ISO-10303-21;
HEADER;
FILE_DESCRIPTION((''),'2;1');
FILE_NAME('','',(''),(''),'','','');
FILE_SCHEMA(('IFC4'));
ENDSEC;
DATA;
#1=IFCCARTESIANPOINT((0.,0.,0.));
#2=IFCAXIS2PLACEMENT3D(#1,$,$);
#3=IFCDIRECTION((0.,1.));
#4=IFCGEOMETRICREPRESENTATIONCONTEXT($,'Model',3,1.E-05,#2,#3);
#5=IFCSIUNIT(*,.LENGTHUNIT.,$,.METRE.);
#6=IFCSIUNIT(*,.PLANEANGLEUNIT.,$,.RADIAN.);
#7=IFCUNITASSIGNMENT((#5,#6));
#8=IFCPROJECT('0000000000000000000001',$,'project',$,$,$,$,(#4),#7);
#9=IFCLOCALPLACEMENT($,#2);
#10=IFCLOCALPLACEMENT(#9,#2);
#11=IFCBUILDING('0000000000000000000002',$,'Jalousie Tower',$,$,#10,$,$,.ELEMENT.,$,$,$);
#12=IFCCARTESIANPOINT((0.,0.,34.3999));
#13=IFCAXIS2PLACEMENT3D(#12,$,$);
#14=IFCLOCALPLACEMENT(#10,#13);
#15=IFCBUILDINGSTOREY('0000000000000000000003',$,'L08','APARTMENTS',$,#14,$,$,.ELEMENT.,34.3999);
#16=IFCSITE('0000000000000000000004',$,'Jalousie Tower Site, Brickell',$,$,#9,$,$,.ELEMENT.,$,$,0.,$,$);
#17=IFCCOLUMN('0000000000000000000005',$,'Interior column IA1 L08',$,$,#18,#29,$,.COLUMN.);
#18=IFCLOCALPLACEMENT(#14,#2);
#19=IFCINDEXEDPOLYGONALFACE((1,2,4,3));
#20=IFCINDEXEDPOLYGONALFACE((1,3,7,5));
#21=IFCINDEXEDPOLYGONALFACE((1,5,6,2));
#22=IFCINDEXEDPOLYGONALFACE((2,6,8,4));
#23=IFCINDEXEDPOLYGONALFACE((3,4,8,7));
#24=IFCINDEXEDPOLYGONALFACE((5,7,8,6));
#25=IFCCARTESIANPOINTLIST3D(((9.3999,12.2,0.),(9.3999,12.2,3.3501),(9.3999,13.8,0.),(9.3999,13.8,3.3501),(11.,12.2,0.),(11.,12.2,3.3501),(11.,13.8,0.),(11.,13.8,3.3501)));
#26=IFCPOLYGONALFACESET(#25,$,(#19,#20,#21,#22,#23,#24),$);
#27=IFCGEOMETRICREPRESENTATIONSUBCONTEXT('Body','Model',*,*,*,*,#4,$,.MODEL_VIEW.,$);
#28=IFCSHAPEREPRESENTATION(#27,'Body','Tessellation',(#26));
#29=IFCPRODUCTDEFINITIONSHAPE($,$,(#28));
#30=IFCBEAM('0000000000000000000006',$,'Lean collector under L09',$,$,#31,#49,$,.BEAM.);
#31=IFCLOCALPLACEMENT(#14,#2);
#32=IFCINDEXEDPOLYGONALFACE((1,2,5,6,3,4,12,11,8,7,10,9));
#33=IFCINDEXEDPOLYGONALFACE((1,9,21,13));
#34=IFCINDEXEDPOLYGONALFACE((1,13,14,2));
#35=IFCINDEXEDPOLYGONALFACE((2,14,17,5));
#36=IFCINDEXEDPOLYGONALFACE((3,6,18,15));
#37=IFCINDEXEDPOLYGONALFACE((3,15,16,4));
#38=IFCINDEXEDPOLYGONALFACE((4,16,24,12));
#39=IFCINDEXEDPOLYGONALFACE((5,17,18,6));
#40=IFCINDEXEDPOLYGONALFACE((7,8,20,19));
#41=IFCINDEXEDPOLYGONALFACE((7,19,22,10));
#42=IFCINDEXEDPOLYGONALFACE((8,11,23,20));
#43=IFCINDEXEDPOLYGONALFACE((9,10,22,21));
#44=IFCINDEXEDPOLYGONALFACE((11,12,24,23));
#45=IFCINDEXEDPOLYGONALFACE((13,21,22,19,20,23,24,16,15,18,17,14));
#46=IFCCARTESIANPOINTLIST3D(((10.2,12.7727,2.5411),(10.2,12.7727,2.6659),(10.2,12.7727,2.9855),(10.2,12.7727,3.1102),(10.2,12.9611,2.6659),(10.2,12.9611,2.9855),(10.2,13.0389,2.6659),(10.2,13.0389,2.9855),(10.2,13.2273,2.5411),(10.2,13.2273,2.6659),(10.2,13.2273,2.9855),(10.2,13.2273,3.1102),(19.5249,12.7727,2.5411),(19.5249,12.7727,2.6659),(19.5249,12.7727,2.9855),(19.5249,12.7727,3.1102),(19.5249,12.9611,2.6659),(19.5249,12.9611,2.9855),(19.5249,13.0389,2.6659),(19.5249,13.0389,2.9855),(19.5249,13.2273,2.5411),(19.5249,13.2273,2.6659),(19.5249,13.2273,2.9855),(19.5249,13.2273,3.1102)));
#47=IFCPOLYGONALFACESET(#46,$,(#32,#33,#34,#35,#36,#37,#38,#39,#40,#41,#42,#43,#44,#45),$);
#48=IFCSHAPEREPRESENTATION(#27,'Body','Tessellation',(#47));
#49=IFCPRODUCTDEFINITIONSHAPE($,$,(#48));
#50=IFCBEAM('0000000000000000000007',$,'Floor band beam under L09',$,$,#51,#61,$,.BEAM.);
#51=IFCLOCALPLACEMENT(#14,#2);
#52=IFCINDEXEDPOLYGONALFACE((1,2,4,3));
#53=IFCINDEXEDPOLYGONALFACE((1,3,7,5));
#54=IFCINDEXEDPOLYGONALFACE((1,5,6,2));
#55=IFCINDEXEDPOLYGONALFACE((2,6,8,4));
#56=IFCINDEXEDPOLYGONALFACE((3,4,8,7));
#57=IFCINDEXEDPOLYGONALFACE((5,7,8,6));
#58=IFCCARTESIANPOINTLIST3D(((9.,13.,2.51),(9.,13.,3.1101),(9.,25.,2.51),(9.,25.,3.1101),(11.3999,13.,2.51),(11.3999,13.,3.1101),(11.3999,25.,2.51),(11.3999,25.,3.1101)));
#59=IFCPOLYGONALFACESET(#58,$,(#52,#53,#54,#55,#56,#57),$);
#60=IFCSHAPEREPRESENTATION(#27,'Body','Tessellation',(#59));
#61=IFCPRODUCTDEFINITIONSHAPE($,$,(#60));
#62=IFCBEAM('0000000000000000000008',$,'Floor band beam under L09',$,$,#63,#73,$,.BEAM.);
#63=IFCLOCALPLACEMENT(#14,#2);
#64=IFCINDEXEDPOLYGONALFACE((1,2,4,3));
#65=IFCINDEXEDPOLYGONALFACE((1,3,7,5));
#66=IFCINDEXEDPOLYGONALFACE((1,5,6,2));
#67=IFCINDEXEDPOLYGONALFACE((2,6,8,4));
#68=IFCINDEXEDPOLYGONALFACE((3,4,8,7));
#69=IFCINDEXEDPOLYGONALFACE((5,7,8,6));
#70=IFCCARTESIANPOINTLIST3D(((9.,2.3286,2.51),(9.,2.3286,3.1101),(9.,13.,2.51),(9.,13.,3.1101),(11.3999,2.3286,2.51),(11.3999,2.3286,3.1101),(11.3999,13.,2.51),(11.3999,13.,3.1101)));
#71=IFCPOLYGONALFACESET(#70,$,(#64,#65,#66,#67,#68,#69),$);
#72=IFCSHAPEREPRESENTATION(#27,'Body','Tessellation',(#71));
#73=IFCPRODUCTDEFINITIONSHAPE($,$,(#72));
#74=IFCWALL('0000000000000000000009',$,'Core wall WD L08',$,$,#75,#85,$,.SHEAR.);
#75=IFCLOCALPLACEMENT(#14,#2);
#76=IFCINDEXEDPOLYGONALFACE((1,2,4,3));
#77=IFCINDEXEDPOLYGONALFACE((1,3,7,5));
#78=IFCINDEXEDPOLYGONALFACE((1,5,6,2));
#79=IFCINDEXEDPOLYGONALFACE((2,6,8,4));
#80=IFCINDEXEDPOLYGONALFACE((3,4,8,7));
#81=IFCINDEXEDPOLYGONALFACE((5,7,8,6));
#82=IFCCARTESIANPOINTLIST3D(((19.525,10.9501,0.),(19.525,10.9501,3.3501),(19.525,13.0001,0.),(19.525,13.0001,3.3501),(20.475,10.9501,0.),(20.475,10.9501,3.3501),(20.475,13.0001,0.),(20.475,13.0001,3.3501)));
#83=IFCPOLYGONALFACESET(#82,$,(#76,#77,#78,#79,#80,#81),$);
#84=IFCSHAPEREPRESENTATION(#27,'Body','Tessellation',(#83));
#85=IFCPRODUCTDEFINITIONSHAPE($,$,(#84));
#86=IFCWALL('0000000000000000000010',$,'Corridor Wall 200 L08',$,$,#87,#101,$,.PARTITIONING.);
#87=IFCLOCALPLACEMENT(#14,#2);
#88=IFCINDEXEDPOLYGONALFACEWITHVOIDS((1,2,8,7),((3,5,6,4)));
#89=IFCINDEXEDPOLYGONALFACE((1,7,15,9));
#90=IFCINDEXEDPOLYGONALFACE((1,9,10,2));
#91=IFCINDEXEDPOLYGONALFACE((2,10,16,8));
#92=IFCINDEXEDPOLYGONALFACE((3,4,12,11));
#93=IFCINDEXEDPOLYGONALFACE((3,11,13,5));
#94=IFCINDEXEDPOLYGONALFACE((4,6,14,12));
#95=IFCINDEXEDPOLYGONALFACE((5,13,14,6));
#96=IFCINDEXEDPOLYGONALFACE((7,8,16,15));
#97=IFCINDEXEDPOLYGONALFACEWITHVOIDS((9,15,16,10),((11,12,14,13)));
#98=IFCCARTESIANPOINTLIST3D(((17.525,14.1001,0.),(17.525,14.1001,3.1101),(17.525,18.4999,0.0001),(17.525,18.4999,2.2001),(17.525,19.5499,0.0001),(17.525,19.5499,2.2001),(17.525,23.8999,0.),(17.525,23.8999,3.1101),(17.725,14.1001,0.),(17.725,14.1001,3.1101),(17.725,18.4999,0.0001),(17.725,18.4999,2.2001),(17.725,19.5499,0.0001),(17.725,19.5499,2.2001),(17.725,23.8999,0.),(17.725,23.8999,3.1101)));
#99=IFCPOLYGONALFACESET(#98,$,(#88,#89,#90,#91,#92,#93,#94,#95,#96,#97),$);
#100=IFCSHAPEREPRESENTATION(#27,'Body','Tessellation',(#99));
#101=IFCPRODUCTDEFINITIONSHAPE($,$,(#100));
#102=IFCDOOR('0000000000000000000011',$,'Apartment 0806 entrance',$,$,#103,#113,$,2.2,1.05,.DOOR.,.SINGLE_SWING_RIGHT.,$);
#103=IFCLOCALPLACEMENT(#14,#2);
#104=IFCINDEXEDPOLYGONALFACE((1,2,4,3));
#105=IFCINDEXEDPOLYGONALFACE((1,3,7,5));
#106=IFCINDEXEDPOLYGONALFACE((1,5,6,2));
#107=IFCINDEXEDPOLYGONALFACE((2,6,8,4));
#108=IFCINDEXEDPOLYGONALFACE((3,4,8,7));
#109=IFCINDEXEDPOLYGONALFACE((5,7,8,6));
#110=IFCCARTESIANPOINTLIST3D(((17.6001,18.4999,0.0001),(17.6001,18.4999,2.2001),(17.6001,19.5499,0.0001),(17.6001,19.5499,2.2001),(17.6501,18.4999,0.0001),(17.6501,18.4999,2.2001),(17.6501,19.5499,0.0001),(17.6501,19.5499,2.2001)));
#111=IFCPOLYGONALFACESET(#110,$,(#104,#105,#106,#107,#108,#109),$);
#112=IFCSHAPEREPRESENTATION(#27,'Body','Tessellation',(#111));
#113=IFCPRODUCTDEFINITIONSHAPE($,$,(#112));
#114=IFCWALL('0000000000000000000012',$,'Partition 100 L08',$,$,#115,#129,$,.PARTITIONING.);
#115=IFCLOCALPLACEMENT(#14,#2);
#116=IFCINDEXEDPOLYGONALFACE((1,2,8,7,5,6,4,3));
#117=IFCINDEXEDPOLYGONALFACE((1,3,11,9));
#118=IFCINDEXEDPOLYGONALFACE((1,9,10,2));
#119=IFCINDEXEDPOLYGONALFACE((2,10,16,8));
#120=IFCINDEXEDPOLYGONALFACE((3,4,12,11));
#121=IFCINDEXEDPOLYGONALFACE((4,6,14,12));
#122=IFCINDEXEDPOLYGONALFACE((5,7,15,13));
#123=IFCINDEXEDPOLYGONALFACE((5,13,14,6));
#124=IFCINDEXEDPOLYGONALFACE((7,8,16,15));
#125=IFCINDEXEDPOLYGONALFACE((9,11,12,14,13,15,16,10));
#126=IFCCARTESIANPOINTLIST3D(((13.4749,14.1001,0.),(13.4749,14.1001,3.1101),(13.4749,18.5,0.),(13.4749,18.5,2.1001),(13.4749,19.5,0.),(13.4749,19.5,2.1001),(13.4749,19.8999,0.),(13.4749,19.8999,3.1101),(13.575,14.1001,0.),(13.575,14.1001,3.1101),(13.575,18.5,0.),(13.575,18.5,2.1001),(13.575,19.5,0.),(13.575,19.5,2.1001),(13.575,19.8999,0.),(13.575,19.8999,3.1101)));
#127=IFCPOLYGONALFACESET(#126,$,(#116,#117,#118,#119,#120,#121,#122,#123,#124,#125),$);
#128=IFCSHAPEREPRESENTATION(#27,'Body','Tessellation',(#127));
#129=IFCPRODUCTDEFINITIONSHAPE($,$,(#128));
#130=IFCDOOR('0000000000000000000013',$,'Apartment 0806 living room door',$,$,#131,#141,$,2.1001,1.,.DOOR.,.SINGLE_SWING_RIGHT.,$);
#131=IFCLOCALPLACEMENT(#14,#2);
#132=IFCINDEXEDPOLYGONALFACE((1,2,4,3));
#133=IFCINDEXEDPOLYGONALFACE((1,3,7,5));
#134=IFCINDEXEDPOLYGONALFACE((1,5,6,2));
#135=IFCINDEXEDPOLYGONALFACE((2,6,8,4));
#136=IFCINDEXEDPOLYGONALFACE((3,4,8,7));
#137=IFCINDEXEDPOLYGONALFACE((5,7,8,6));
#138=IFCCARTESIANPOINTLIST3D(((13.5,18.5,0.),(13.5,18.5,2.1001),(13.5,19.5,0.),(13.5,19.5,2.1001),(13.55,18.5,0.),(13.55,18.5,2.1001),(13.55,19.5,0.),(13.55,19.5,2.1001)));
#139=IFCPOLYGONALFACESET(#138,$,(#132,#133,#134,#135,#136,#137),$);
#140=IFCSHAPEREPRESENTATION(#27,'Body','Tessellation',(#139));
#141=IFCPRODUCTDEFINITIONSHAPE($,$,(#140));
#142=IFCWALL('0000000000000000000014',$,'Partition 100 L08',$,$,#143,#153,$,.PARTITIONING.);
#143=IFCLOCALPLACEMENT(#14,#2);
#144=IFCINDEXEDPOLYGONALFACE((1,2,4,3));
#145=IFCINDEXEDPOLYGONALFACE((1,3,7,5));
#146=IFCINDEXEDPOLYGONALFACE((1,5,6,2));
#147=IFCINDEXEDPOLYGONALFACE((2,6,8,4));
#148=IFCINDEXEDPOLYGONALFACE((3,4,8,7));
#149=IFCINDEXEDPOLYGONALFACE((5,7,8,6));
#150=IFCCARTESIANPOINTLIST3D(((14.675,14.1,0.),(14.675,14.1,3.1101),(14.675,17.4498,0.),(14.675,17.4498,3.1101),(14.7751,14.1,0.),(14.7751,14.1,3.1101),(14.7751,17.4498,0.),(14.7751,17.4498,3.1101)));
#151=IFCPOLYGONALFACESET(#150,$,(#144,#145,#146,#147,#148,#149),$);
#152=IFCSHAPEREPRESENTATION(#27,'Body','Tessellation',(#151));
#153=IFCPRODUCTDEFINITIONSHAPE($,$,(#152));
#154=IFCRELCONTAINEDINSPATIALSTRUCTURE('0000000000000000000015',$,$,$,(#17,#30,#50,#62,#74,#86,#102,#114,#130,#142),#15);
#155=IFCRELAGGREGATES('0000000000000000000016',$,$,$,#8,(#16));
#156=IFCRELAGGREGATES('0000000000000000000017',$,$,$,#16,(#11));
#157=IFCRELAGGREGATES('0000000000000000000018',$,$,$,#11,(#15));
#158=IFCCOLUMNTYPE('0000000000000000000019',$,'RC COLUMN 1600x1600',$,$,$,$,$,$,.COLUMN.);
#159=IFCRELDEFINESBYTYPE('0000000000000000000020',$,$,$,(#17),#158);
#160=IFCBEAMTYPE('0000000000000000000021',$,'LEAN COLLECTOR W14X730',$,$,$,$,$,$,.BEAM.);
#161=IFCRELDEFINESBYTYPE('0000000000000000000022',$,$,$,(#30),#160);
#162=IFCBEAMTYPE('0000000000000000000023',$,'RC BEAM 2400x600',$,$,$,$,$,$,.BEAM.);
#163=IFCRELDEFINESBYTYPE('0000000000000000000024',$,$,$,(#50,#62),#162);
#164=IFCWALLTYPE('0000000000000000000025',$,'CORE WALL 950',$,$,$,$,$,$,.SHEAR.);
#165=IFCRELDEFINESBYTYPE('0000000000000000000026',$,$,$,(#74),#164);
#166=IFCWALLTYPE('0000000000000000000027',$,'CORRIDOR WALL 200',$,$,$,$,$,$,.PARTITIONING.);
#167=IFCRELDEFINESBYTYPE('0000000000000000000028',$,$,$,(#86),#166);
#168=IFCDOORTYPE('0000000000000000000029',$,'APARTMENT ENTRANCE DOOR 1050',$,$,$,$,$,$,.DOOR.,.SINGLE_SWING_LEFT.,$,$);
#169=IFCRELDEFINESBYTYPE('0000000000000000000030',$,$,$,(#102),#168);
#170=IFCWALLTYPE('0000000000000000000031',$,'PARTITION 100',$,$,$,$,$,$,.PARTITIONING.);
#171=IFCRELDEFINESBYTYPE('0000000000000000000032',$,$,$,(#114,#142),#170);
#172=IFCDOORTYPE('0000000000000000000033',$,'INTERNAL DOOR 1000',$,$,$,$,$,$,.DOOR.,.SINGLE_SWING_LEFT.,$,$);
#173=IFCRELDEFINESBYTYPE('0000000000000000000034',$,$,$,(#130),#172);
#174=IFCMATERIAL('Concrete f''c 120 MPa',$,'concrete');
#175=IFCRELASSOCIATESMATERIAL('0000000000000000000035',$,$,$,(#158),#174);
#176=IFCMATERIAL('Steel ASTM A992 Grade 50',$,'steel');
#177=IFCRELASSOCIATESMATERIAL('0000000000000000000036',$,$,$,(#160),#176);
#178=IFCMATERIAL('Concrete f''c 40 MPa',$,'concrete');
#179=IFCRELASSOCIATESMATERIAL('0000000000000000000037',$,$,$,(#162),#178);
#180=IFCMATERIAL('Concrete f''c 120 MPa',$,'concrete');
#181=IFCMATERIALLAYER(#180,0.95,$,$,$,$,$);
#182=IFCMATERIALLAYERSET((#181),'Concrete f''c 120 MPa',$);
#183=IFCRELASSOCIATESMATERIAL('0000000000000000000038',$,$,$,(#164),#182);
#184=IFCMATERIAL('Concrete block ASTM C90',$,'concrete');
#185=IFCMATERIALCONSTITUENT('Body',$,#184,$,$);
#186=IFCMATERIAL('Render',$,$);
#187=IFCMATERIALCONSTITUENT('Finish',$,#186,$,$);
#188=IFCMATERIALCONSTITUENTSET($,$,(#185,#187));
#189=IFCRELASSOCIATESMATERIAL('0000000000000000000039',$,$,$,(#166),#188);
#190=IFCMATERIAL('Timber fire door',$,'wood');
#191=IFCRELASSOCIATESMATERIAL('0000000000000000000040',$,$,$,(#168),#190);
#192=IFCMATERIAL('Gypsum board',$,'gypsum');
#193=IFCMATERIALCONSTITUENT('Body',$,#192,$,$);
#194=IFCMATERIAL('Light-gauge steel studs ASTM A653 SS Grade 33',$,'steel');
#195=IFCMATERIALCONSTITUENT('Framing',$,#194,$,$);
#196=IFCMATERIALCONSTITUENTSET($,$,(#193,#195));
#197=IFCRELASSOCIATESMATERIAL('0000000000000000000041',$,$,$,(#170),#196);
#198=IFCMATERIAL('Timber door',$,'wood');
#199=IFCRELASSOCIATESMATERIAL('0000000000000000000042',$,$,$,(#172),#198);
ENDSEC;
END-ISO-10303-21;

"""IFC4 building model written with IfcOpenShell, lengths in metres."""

from ifc_helpers import new_model, si_unit, direction, frame, frame_2d, origin, origin_2d, place, context, subcontext, project, spatial, rectangle, i_section, extrude, material, layer, layer_set, constituent, constituent_set, material_profile, profile_set, type_object, element, fill, save


model = new_model("IFC4")

# Units and contexts
model_context = context("Model", 3, precision=1e-05, world=origin(), true_north=direction((0.0, 1.0)))
body_context = subcontext(model_context, "Body", "Model", "MODEL_VIEW")
ifc_project = project(units=[si_unit("LENGTHUNIT", "METRE"), si_unit("PLANEANGLEUNIT", "RADIAN")], contexts=[model_context])

# Site, building, storey
site_placement = place(None, origin())
site = spatial("IfcSite", under=ifc_project, at=site_placement, Name="Jalousie Tower Site, Brickell", CompositionType="ELEMENT", RefElevation=0.0)
building_placement = place(site_placement, origin())
building = spatial("IfcBuilding", under=site, at=building_placement, Name="Jalousie Tower", CompositionType="ELEMENT")
storey_placement = place(building_placement, frame((0.0, 0.0, 34.3999)))
storey = spatial("IfcBuildingStorey", under=building, at=storey_placement, Name="L08", Description="APARTMENTS", CompositionType="ELEMENT", Elevation=34.3999)

# Column
ifc_material_1 = material(Name="Concrete f'c 120 MPa", Category="concrete")
ifc_material_profile_1 = material_profile(ifc_material_1, rectangle(XDim=1.6001, YDim=1.6001, at=origin_2d()), Name="RC 1600x1600")
ifc_profile_set_1 = profile_set([ifc_material_profile_1], Name="Concrete f'c 120 MPa")
column_type = type_object("IfcColumnType", Name="RC COLUMN 1600x1600", PredefinedType="COLUMN", material=ifc_profile_set_1)
column_placement = place(storey_placement, frame((10.2, 13.0, 0.0), z_axis=(0.0, 0.0, 1.0), x_axis=(1.0, 0.0, 0.0)))
element("IfcColumn", 1, at=column_placement, inside=storey, type_object=column_type, Name="Interior column IA1 L08", PredefinedType="COLUMN", context=body_context, shape_type="SweptSolid", body=[
    extrude(rectangle(XDim=1.6001, YDim=1.6001, at=origin_2d()), origin(), (0.0, 0.0, 1.0), 3.3501),
])

# Beams
ifc_material_2 = material(Name="Steel ASTM A992 Grade 50", Category="steel")
ifc_material_profile_2 = material_profile(ifc_material_2, i_section(OverallWidth=0.4546, OverallDepth=0.5691, WebThickness=0.0779, FlangeThickness=0.1248, at=origin_2d()), Name="W14X730")
ifc_profile_set_2 = profile_set([ifc_material_profile_2], Name="Steel ASTM A992 Grade 50")
beam_type_1 = type_object("IfcBeamType", Name="LEAN COLLECTOR W14X730", PredefinedType="BEAM", material=ifc_profile_set_2)
beam_1_placement = place(storey_placement, frame((10.2, 13.0, 2.8257), z_axis=(1.0, 0.0, 0.0), x_axis=(0.0, 1.0, 0.0)))
element("IfcBeam", 2, at=beam_1_placement, inside=storey, type_object=beam_type_1, Name="Lean collector under L09", PredefinedType="BEAM", context=body_context, shape_type="SweptSolid", body=[
    extrude(i_section(OverallWidth=0.4546, OverallDepth=0.5691, WebThickness=0.0779, FlangeThickness=0.1248, at=origin_2d()), origin(), (0.0, 0.0, 1.0), 9.325),
])
ifc_material_3 = material(Name="Concrete f'c 40 MPa", Category="concrete")
ifc_material_profile_3 = material_profile(ifc_material_3, rectangle(XDim=2.3999, YDim=0.6001, at=origin_2d()), Name="RC 2400x600")
ifc_profile_set_3 = profile_set([ifc_material_profile_3], Name="Concrete f'c 40 MPa")
beam_type_2 = type_object("IfcBeamType", Name="RC BEAM 2400x600", PredefinedType="BEAM", material=ifc_profile_set_3)
beam_2_placement = place(storey_placement, frame((10.2, 13.0, 2.8101), z_axis=(0.0, 1.0, 0.0), x_axis=(-1.0, 0.0, 0.0)))
element("IfcBeam", 3, at=beam_2_placement, inside=storey, type_object=beam_type_2, Name="Floor band beam under L09", PredefinedType="BEAM", context=body_context, shape_type="SweptSolid", body=[
    extrude(rectangle(XDim=2.3999, YDim=0.6001, at=origin_2d()), origin(), (0.0, 0.0, 1.0), 12.0),
])
beam_3_placement = place(storey_placement, frame((10.2, 13.0, 2.8101), z_axis=(0.0, -1.0, 0.0), x_axis=(1.0, 0.0, 0.0)))
element("IfcBeam", 4, at=beam_3_placement, inside=storey, type_object=beam_type_2, Name="Floor band beam under L09", PredefinedType="BEAM", context=body_context, shape_type="SweptSolid", body=[
    extrude(rectangle(XDim=2.3999, YDim=0.6001, at=origin_2d()), origin(), (0.0, 0.0, 1.0), 10.6714),
])

# Wall
ifc_material_4 = material(Name="Concrete f'c 120 MPa", Category="concrete")
ifc_layer = layer(ifc_material_4, 0.95)
ifc_layer_set = layer_set([ifc_layer], Name="Concrete f'c 120 MPa")
wall_type_1 = type_object("IfcWallType", Name="CORE WALL 950", PredefinedType="SHEAR", material=ifc_layer_set)
wall_1_placement = place(storey_placement, frame((20.0, 13.0, 0.0), z_axis=(0.0, 0.0, 1.0), x_axis=(0.0, -1.0, 0.0)))
element("IfcWall", 5, at=wall_1_placement, inside=storey, type_object=wall_type_1, Name="Core wall WD L08", PredefinedType="SHEAR", context=body_context, shape_type="SweptSolid", body=[
    extrude(rectangle(XDim=2.05, YDim=0.95, at=frame_2d((1.0249, 0.0))), origin(), (0.0, 0.0, 1.0), 3.3501),
])

# Walls, openings, doors
ifc_material_5 = material(Name="Concrete block ASTM C90", Category="concrete")
ifc_constituent_1 = constituent(ifc_material_5, Name="Body")
ifc_material_6 = material(Name="Render")
ifc_constituent_2 = constituent(ifc_material_6, Name="Finish")
ifc_constituent_set_1 = constituent_set(constituents=[ifc_constituent_1, ifc_constituent_2])
wall_type_2 = type_object("IfcWallType", Name="CORRIDOR WALL 200", PredefinedType="PARTITIONING", material=ifc_constituent_set_1)
wall_2_placement = place(storey_placement, frame((17.625, 14.1001, 0.0), z_axis=(0.0, 0.0, 1.0), x_axis=(0.0, 1.0, 0.0)))
wall_2 = element("IfcWall", 6, at=wall_2_placement, inside=storey, type_object=wall_type_2, Name="Corridor Wall 200 L08", PredefinedType="PARTITIONING", context=body_context, shape_type="SweptSolid", body=[
    extrude(rectangle(XDim=9.7998, YDim=0.2, at=frame_2d((4.8999, 0.0))), origin(), (0.0, 0.0, 1.0), 3.1101),
])
opening_1_placement = place(wall_2_placement, frame((4.3999, 0.0, 0.0)))
opening_1 = element("IfcOpeningElement", 7, at=opening_1_placement, cuts=wall_2, PredefinedType="OPENING", context=body_context, shape_type="SweptSolid", body=[
    extrude(rectangle(XDim=1.05, YDim=2.2, at=frame_2d((0.5249, 1.1001))), frame((0.0, 0.1099, 0.0), z_axis=(0.0, -1.0, 0.0), x_axis=(1.0, 0.0, 0.0)), (0.0, 0.0, 1.0), 0.22),
])
ifc_material_7 = material(Name="Timber fire door", Category="wood")
door_type_1 = type_object("IfcDoorType", Name="APARTMENT ENTRANCE DOOR 1050", OperationType="SINGLE_SWING_LEFT", PredefinedType="DOOR", material=ifc_material_7)
door_1_placement = place(opening_1_placement, origin())
door_1 = element("IfcDoor", 8, at=door_1_placement, inside=storey, type_object=door_type_1, Name="Apartment 0806 entrance", OperationType="SINGLE_SWING_RIGHT", OverallHeight=2.2, OverallWidth=1.05, PredefinedType="DOOR", context=body_context, shape_type="SweptSolid", body=[
    extrude(rectangle(XDim=1.05, YDim=2.2, at=frame_2d((0.5249, 1.1001))), frame((0.0, 0.0249, 0.0), z_axis=(0.0, -1.0, 0.0), x_axis=(1.0, 0.0, 0.0)), (0.0, 0.0, 1.0), 0.05),
])
fill(opening_1, door_1)
ifc_material_8 = material(Name="Gypsum board", Category="gypsum")
ifc_constituent_3 = constituent(ifc_material_8, Name="Body")
ifc_material_9 = material(Name="Light-gauge steel studs ASTM A653 SS Grade 33", Category="steel")
ifc_constituent_4 = constituent(ifc_material_9, Name="Framing")
ifc_constituent_set_2 = constituent_set(constituents=[ifc_constituent_3, ifc_constituent_4])
wall_type_3 = type_object("IfcWallType", Name="PARTITION 100", PredefinedType="PARTITIONING", material=ifc_constituent_set_2)
wall_3_placement = place(storey_placement, frame((13.5249, 14.1001, 0.0), z_axis=(0.0, 0.0, 1.0), x_axis=(0.0, 1.0, 0.0)))
wall_3 = element("IfcWall", 9, at=wall_3_placement, inside=storey, type_object=wall_type_3, Name="Partition 100 L08", PredefinedType="PARTITIONING", context=body_context, shape_type="SweptSolid", body=[
    extrude(rectangle(XDim=5.7998, YDim=0.1001, at=frame_2d((2.8999, 0.0))), origin(), (0.0, 0.0, 1.0), 3.1101),
])
opening_2_placement = place(wall_3_placement, frame((4.3999, 0.0, 0.0)))
opening_2 = element("IfcOpeningElement", 10, at=opening_2_placement, cuts=wall_3, PredefinedType="OPENING", context=body_context, shape_type="SweptSolid", body=[
    extrude(rectangle(XDim=1.0, YDim=2.1001, at=frame_2d((0.5, 1.05))), frame((0.0, 0.0601, 0.0), z_axis=(0.0, -1.0, 0.0), x_axis=(1.0, 0.0, 0.0)), (0.0, 0.0, 1.0), 0.1201),
])
ifc_material_10 = material(Name="Timber door", Category="wood")
door_type_2 = type_object("IfcDoorType", Name="INTERNAL DOOR 1000", OperationType="SINGLE_SWING_LEFT", PredefinedType="DOOR", material=ifc_material_10)
door_2_placement = place(opening_2_placement, origin())
door_2 = element("IfcDoor", 11, at=door_2_placement, inside=storey, type_object=door_type_2, Name="Apartment 0806 living room door", OperationType="SINGLE_SWING_RIGHT", OverallHeight=2.1001, OverallWidth=1.0, PredefinedType="DOOR", context=body_context, shape_type="SweptSolid", body=[
    extrude(rectangle(XDim=1.0, YDim=2.1001, at=frame_2d((0.5, 1.05))), frame((0.0, 0.0249, 0.0), z_axis=(0.0, -1.0, 0.0), x_axis=(1.0, 0.0, 0.0)), (0.0, 0.0, 1.0), 0.05),
])
fill(opening_2, door_2)

# Wall
wall_4_placement = place(storey_placement, frame((14.7251, 14.1001, 0.0), z_axis=(0.0, 0.0, 1.0), x_axis=(0.0, 1.0, 0.0)))
element("IfcWall", 12, at=wall_4_placement, inside=storey, type_object=wall_type_3, Name="Partition 100 L08", PredefinedType="PARTITIONING", context=body_context, shape_type="SweptSolid", body=[
    extrude(rectangle(XDim=3.3499, YDim=0.1001, at=frame_2d((1.6748, 0.0))), origin(), (0.0, 0.0, 1.0), 3.1101),
])

save(model, "model.ifc")
